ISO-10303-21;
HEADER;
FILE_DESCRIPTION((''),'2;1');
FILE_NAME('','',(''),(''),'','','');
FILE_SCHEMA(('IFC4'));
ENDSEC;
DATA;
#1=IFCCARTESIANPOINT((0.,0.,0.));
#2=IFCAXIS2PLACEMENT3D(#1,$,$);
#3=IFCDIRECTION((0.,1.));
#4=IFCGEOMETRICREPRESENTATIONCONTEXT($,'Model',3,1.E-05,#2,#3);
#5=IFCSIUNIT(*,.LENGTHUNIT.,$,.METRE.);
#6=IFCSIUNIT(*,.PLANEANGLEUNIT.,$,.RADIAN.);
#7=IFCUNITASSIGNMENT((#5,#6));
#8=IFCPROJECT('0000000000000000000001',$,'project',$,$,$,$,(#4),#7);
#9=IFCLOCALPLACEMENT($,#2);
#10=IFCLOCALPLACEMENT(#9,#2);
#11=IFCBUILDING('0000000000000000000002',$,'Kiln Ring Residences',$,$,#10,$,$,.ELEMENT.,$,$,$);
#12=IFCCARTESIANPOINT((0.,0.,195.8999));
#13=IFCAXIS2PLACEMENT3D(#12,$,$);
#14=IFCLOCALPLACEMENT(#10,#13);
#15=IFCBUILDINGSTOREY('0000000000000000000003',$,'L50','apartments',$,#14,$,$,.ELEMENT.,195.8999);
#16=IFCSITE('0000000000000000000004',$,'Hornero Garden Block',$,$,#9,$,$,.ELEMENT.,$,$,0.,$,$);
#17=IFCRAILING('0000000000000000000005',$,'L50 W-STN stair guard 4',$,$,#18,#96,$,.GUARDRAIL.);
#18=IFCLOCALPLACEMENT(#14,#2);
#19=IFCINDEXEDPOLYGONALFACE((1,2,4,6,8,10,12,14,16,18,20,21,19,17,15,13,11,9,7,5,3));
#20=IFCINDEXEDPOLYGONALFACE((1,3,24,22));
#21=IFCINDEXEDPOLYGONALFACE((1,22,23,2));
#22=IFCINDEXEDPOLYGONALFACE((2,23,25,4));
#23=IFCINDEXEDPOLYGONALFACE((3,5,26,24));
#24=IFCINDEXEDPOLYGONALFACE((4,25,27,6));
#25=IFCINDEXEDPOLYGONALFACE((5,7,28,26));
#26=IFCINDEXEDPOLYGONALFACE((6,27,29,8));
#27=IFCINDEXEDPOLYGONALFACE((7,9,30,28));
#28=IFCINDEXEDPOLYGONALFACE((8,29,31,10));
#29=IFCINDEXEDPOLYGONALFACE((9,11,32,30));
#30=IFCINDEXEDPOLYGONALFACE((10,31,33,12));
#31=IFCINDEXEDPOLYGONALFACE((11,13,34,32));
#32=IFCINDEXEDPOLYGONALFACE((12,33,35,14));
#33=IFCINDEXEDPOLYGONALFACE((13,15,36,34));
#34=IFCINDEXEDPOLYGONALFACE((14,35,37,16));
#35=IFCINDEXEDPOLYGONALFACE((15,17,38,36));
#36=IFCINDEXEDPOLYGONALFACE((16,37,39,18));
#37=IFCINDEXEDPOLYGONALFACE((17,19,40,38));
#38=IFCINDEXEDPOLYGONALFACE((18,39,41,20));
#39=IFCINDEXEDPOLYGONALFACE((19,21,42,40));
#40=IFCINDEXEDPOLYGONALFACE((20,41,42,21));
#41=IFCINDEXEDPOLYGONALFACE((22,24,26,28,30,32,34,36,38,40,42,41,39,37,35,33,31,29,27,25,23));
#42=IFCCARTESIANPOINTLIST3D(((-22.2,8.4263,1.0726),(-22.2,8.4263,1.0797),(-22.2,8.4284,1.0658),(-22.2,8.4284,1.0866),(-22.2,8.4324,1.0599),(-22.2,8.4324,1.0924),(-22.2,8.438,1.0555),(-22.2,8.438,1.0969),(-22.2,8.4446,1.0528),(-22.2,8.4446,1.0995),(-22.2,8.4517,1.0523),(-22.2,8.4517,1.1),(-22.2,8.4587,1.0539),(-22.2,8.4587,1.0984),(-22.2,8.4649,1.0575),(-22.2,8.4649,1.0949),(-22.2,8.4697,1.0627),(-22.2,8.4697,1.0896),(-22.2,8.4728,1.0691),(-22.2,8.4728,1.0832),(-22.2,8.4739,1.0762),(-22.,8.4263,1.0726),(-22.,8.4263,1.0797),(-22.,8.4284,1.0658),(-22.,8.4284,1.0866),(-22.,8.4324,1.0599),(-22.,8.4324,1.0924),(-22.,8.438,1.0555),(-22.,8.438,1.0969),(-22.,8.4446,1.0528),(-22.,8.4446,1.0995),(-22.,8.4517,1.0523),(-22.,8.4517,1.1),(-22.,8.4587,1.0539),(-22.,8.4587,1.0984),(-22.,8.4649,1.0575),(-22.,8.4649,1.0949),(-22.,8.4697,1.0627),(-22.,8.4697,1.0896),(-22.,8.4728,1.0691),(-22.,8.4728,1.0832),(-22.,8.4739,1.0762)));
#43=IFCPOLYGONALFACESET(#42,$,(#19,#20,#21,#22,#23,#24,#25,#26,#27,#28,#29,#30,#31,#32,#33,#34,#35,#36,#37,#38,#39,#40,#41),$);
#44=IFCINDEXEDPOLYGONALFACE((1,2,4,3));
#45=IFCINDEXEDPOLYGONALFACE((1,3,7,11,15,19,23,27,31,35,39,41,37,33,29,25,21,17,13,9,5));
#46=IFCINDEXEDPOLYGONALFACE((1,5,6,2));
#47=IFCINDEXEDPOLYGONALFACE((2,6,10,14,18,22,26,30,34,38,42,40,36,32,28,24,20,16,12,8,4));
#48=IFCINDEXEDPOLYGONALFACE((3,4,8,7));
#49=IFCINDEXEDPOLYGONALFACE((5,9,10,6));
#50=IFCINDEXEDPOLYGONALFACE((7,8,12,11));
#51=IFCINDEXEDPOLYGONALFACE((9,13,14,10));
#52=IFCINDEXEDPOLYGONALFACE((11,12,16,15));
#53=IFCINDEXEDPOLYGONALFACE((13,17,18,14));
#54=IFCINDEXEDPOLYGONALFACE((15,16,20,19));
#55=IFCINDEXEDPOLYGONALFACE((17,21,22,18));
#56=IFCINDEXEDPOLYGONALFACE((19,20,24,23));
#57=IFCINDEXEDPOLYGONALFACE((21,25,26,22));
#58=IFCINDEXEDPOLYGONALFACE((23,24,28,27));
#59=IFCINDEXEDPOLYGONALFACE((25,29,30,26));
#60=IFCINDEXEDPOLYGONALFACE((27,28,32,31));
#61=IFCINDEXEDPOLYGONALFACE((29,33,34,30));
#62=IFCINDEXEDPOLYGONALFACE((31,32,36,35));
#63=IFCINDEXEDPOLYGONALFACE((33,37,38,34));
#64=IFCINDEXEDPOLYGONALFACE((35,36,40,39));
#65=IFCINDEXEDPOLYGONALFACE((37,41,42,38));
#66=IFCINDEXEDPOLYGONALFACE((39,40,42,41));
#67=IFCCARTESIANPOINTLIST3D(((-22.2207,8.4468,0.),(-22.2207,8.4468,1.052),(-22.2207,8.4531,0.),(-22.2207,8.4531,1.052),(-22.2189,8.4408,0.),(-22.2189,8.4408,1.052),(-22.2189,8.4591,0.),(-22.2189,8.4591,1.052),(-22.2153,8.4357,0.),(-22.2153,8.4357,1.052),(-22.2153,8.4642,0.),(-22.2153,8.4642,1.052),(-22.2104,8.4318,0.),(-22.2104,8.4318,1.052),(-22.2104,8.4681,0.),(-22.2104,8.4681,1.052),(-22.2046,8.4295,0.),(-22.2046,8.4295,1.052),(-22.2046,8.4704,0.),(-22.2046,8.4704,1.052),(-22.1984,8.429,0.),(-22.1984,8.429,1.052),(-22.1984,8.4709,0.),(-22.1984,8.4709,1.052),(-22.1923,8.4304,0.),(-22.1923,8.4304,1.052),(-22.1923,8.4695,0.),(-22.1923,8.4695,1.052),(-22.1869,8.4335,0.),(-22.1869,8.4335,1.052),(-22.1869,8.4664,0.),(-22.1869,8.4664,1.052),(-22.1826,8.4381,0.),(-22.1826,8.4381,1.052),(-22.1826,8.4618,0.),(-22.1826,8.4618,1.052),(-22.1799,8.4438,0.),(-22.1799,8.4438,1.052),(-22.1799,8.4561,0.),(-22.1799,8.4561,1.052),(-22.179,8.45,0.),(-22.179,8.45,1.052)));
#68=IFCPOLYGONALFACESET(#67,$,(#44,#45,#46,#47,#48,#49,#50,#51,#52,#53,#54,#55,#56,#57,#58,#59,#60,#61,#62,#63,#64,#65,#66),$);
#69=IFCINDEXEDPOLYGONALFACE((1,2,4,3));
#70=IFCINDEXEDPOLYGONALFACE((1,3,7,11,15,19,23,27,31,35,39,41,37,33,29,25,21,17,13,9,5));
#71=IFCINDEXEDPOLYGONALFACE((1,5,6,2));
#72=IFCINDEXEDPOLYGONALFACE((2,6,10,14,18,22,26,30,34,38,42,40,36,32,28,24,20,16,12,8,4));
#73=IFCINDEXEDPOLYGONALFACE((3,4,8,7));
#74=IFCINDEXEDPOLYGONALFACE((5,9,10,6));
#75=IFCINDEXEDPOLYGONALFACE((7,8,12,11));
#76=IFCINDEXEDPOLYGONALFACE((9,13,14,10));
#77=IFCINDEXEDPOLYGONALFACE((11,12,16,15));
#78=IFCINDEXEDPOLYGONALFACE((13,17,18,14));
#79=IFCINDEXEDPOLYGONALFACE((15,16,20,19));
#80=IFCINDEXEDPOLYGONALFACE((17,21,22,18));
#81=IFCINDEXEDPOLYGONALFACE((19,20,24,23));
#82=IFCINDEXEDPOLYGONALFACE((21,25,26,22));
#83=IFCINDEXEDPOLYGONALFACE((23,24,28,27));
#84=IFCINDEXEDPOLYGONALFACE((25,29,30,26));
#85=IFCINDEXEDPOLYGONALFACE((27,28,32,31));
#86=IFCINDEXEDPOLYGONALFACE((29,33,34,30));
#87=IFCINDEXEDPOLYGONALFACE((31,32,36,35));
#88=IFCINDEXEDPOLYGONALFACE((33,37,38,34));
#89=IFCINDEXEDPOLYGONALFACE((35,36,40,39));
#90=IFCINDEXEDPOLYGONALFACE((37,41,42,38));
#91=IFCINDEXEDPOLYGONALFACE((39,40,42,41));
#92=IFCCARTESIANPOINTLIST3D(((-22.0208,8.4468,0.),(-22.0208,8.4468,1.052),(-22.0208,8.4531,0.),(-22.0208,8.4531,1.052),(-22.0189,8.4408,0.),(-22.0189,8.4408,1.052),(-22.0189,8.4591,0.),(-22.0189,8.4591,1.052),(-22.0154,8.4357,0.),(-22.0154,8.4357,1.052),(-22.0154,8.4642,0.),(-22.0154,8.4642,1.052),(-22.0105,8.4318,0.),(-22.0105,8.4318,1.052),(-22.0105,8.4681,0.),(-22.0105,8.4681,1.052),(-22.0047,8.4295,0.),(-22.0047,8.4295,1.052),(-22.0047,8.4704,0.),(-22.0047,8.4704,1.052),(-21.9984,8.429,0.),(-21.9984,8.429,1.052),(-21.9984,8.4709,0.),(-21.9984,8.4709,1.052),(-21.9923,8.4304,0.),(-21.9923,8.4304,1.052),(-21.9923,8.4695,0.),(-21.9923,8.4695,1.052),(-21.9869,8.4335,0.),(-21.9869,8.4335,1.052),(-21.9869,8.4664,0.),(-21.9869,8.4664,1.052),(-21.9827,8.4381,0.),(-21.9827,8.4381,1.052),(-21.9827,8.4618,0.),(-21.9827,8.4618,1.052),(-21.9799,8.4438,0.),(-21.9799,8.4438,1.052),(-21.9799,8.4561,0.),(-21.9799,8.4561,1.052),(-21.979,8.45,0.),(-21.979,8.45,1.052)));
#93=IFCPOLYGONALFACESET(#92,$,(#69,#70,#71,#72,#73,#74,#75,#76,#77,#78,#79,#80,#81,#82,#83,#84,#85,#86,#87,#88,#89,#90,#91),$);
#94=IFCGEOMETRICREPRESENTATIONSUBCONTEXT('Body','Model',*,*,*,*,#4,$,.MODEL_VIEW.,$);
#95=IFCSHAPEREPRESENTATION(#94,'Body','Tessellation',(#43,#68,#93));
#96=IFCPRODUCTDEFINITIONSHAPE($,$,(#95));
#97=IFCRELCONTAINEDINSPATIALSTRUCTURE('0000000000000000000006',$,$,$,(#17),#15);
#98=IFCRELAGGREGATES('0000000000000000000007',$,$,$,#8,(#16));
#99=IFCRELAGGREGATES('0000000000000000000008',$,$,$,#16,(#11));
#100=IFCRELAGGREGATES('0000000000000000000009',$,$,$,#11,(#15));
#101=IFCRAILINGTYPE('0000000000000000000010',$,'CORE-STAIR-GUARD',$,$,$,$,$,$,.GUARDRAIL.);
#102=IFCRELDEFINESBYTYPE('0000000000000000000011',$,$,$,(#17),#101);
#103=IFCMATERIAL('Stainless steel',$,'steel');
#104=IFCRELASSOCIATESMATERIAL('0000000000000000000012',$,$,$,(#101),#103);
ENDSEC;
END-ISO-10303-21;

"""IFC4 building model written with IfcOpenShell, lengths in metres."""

from ifc_helpers import new_model, si_unit, direction, frame, origin, origin_2d, place, context, subcontext, project, spatial, circle, extrude, material, type_object, element, save


model = new_model("IFC4")

# Units and contexts
model_context = context("Model", 3, precision=1e-05, world=origin(), true_north=direction((0.0, 1.0)))
body_context = subcontext(model_context, "Body", "Model", "MODEL_VIEW")
ifc_project = project(units=[si_unit("LENGTHUNIT", "METRE"), si_unit("PLANEANGLEUNIT", "RADIAN")], contexts=[model_context])

# Site, building, storey
site_placement = place(None, origin())
site = spatial("IfcSite", under=ifc_project, at=site_placement, Name="Hornero Garden Block", CompositionType="ELEMENT", RefElevation=0.0)
building_placement = place(site_placement, origin())
building = spatial("IfcBuilding", under=site, at=building_placement, Name="Kiln Ring Residences", CompositionType="ELEMENT")
storey_placement = place(building_placement, frame((0.0, 0.0, 195.8999)))
storey = spatial("IfcBuildingStorey", under=building, at=storey_placement, Name="L50", Description="apartments", CompositionType="ELEMENT", Elevation=195.8999)

# Railing
ifc_material_1 = material(Name="Stainless steel", Category="steel")
railing_type_1 = type_object("IfcRailingType", Name="CORE-STAIR-GUARD", PredefinedType="GUARDRAIL", material=ifc_material_1)
railing_1_placement = place(storey_placement, frame((-22.2, 8.45, 0.0)))
element("IfcRailing", 1, at=railing_1_placement, inside=storey, type_object=railing_type_1, Name="L50 W-STN stair guard 4", PredefinedType="GUARDRAIL", context=body_context, shape_type="SweptSolid", body=[
    extrude(circle(Radius=0.0239, at=origin_2d()), frame((0.0, 0.0, 1.0762), z_axis=(1.0, 0.0, 0.0), x_axis=(0.0, 1.0, 0.0)), (0.0, 0.0, 1.0), 0.2),
    extrude(circle(Radius=0.021, at=origin_2d()), origin(), (0.0, 0.0, 1.0), 1.052),
    extrude(circle(Radius=0.021, at=origin_2d()), frame((0.2, 0.0, 0.0)), (0.0, 0.0, 1.0), 1.052),
])

save(model, "model.ifc")
